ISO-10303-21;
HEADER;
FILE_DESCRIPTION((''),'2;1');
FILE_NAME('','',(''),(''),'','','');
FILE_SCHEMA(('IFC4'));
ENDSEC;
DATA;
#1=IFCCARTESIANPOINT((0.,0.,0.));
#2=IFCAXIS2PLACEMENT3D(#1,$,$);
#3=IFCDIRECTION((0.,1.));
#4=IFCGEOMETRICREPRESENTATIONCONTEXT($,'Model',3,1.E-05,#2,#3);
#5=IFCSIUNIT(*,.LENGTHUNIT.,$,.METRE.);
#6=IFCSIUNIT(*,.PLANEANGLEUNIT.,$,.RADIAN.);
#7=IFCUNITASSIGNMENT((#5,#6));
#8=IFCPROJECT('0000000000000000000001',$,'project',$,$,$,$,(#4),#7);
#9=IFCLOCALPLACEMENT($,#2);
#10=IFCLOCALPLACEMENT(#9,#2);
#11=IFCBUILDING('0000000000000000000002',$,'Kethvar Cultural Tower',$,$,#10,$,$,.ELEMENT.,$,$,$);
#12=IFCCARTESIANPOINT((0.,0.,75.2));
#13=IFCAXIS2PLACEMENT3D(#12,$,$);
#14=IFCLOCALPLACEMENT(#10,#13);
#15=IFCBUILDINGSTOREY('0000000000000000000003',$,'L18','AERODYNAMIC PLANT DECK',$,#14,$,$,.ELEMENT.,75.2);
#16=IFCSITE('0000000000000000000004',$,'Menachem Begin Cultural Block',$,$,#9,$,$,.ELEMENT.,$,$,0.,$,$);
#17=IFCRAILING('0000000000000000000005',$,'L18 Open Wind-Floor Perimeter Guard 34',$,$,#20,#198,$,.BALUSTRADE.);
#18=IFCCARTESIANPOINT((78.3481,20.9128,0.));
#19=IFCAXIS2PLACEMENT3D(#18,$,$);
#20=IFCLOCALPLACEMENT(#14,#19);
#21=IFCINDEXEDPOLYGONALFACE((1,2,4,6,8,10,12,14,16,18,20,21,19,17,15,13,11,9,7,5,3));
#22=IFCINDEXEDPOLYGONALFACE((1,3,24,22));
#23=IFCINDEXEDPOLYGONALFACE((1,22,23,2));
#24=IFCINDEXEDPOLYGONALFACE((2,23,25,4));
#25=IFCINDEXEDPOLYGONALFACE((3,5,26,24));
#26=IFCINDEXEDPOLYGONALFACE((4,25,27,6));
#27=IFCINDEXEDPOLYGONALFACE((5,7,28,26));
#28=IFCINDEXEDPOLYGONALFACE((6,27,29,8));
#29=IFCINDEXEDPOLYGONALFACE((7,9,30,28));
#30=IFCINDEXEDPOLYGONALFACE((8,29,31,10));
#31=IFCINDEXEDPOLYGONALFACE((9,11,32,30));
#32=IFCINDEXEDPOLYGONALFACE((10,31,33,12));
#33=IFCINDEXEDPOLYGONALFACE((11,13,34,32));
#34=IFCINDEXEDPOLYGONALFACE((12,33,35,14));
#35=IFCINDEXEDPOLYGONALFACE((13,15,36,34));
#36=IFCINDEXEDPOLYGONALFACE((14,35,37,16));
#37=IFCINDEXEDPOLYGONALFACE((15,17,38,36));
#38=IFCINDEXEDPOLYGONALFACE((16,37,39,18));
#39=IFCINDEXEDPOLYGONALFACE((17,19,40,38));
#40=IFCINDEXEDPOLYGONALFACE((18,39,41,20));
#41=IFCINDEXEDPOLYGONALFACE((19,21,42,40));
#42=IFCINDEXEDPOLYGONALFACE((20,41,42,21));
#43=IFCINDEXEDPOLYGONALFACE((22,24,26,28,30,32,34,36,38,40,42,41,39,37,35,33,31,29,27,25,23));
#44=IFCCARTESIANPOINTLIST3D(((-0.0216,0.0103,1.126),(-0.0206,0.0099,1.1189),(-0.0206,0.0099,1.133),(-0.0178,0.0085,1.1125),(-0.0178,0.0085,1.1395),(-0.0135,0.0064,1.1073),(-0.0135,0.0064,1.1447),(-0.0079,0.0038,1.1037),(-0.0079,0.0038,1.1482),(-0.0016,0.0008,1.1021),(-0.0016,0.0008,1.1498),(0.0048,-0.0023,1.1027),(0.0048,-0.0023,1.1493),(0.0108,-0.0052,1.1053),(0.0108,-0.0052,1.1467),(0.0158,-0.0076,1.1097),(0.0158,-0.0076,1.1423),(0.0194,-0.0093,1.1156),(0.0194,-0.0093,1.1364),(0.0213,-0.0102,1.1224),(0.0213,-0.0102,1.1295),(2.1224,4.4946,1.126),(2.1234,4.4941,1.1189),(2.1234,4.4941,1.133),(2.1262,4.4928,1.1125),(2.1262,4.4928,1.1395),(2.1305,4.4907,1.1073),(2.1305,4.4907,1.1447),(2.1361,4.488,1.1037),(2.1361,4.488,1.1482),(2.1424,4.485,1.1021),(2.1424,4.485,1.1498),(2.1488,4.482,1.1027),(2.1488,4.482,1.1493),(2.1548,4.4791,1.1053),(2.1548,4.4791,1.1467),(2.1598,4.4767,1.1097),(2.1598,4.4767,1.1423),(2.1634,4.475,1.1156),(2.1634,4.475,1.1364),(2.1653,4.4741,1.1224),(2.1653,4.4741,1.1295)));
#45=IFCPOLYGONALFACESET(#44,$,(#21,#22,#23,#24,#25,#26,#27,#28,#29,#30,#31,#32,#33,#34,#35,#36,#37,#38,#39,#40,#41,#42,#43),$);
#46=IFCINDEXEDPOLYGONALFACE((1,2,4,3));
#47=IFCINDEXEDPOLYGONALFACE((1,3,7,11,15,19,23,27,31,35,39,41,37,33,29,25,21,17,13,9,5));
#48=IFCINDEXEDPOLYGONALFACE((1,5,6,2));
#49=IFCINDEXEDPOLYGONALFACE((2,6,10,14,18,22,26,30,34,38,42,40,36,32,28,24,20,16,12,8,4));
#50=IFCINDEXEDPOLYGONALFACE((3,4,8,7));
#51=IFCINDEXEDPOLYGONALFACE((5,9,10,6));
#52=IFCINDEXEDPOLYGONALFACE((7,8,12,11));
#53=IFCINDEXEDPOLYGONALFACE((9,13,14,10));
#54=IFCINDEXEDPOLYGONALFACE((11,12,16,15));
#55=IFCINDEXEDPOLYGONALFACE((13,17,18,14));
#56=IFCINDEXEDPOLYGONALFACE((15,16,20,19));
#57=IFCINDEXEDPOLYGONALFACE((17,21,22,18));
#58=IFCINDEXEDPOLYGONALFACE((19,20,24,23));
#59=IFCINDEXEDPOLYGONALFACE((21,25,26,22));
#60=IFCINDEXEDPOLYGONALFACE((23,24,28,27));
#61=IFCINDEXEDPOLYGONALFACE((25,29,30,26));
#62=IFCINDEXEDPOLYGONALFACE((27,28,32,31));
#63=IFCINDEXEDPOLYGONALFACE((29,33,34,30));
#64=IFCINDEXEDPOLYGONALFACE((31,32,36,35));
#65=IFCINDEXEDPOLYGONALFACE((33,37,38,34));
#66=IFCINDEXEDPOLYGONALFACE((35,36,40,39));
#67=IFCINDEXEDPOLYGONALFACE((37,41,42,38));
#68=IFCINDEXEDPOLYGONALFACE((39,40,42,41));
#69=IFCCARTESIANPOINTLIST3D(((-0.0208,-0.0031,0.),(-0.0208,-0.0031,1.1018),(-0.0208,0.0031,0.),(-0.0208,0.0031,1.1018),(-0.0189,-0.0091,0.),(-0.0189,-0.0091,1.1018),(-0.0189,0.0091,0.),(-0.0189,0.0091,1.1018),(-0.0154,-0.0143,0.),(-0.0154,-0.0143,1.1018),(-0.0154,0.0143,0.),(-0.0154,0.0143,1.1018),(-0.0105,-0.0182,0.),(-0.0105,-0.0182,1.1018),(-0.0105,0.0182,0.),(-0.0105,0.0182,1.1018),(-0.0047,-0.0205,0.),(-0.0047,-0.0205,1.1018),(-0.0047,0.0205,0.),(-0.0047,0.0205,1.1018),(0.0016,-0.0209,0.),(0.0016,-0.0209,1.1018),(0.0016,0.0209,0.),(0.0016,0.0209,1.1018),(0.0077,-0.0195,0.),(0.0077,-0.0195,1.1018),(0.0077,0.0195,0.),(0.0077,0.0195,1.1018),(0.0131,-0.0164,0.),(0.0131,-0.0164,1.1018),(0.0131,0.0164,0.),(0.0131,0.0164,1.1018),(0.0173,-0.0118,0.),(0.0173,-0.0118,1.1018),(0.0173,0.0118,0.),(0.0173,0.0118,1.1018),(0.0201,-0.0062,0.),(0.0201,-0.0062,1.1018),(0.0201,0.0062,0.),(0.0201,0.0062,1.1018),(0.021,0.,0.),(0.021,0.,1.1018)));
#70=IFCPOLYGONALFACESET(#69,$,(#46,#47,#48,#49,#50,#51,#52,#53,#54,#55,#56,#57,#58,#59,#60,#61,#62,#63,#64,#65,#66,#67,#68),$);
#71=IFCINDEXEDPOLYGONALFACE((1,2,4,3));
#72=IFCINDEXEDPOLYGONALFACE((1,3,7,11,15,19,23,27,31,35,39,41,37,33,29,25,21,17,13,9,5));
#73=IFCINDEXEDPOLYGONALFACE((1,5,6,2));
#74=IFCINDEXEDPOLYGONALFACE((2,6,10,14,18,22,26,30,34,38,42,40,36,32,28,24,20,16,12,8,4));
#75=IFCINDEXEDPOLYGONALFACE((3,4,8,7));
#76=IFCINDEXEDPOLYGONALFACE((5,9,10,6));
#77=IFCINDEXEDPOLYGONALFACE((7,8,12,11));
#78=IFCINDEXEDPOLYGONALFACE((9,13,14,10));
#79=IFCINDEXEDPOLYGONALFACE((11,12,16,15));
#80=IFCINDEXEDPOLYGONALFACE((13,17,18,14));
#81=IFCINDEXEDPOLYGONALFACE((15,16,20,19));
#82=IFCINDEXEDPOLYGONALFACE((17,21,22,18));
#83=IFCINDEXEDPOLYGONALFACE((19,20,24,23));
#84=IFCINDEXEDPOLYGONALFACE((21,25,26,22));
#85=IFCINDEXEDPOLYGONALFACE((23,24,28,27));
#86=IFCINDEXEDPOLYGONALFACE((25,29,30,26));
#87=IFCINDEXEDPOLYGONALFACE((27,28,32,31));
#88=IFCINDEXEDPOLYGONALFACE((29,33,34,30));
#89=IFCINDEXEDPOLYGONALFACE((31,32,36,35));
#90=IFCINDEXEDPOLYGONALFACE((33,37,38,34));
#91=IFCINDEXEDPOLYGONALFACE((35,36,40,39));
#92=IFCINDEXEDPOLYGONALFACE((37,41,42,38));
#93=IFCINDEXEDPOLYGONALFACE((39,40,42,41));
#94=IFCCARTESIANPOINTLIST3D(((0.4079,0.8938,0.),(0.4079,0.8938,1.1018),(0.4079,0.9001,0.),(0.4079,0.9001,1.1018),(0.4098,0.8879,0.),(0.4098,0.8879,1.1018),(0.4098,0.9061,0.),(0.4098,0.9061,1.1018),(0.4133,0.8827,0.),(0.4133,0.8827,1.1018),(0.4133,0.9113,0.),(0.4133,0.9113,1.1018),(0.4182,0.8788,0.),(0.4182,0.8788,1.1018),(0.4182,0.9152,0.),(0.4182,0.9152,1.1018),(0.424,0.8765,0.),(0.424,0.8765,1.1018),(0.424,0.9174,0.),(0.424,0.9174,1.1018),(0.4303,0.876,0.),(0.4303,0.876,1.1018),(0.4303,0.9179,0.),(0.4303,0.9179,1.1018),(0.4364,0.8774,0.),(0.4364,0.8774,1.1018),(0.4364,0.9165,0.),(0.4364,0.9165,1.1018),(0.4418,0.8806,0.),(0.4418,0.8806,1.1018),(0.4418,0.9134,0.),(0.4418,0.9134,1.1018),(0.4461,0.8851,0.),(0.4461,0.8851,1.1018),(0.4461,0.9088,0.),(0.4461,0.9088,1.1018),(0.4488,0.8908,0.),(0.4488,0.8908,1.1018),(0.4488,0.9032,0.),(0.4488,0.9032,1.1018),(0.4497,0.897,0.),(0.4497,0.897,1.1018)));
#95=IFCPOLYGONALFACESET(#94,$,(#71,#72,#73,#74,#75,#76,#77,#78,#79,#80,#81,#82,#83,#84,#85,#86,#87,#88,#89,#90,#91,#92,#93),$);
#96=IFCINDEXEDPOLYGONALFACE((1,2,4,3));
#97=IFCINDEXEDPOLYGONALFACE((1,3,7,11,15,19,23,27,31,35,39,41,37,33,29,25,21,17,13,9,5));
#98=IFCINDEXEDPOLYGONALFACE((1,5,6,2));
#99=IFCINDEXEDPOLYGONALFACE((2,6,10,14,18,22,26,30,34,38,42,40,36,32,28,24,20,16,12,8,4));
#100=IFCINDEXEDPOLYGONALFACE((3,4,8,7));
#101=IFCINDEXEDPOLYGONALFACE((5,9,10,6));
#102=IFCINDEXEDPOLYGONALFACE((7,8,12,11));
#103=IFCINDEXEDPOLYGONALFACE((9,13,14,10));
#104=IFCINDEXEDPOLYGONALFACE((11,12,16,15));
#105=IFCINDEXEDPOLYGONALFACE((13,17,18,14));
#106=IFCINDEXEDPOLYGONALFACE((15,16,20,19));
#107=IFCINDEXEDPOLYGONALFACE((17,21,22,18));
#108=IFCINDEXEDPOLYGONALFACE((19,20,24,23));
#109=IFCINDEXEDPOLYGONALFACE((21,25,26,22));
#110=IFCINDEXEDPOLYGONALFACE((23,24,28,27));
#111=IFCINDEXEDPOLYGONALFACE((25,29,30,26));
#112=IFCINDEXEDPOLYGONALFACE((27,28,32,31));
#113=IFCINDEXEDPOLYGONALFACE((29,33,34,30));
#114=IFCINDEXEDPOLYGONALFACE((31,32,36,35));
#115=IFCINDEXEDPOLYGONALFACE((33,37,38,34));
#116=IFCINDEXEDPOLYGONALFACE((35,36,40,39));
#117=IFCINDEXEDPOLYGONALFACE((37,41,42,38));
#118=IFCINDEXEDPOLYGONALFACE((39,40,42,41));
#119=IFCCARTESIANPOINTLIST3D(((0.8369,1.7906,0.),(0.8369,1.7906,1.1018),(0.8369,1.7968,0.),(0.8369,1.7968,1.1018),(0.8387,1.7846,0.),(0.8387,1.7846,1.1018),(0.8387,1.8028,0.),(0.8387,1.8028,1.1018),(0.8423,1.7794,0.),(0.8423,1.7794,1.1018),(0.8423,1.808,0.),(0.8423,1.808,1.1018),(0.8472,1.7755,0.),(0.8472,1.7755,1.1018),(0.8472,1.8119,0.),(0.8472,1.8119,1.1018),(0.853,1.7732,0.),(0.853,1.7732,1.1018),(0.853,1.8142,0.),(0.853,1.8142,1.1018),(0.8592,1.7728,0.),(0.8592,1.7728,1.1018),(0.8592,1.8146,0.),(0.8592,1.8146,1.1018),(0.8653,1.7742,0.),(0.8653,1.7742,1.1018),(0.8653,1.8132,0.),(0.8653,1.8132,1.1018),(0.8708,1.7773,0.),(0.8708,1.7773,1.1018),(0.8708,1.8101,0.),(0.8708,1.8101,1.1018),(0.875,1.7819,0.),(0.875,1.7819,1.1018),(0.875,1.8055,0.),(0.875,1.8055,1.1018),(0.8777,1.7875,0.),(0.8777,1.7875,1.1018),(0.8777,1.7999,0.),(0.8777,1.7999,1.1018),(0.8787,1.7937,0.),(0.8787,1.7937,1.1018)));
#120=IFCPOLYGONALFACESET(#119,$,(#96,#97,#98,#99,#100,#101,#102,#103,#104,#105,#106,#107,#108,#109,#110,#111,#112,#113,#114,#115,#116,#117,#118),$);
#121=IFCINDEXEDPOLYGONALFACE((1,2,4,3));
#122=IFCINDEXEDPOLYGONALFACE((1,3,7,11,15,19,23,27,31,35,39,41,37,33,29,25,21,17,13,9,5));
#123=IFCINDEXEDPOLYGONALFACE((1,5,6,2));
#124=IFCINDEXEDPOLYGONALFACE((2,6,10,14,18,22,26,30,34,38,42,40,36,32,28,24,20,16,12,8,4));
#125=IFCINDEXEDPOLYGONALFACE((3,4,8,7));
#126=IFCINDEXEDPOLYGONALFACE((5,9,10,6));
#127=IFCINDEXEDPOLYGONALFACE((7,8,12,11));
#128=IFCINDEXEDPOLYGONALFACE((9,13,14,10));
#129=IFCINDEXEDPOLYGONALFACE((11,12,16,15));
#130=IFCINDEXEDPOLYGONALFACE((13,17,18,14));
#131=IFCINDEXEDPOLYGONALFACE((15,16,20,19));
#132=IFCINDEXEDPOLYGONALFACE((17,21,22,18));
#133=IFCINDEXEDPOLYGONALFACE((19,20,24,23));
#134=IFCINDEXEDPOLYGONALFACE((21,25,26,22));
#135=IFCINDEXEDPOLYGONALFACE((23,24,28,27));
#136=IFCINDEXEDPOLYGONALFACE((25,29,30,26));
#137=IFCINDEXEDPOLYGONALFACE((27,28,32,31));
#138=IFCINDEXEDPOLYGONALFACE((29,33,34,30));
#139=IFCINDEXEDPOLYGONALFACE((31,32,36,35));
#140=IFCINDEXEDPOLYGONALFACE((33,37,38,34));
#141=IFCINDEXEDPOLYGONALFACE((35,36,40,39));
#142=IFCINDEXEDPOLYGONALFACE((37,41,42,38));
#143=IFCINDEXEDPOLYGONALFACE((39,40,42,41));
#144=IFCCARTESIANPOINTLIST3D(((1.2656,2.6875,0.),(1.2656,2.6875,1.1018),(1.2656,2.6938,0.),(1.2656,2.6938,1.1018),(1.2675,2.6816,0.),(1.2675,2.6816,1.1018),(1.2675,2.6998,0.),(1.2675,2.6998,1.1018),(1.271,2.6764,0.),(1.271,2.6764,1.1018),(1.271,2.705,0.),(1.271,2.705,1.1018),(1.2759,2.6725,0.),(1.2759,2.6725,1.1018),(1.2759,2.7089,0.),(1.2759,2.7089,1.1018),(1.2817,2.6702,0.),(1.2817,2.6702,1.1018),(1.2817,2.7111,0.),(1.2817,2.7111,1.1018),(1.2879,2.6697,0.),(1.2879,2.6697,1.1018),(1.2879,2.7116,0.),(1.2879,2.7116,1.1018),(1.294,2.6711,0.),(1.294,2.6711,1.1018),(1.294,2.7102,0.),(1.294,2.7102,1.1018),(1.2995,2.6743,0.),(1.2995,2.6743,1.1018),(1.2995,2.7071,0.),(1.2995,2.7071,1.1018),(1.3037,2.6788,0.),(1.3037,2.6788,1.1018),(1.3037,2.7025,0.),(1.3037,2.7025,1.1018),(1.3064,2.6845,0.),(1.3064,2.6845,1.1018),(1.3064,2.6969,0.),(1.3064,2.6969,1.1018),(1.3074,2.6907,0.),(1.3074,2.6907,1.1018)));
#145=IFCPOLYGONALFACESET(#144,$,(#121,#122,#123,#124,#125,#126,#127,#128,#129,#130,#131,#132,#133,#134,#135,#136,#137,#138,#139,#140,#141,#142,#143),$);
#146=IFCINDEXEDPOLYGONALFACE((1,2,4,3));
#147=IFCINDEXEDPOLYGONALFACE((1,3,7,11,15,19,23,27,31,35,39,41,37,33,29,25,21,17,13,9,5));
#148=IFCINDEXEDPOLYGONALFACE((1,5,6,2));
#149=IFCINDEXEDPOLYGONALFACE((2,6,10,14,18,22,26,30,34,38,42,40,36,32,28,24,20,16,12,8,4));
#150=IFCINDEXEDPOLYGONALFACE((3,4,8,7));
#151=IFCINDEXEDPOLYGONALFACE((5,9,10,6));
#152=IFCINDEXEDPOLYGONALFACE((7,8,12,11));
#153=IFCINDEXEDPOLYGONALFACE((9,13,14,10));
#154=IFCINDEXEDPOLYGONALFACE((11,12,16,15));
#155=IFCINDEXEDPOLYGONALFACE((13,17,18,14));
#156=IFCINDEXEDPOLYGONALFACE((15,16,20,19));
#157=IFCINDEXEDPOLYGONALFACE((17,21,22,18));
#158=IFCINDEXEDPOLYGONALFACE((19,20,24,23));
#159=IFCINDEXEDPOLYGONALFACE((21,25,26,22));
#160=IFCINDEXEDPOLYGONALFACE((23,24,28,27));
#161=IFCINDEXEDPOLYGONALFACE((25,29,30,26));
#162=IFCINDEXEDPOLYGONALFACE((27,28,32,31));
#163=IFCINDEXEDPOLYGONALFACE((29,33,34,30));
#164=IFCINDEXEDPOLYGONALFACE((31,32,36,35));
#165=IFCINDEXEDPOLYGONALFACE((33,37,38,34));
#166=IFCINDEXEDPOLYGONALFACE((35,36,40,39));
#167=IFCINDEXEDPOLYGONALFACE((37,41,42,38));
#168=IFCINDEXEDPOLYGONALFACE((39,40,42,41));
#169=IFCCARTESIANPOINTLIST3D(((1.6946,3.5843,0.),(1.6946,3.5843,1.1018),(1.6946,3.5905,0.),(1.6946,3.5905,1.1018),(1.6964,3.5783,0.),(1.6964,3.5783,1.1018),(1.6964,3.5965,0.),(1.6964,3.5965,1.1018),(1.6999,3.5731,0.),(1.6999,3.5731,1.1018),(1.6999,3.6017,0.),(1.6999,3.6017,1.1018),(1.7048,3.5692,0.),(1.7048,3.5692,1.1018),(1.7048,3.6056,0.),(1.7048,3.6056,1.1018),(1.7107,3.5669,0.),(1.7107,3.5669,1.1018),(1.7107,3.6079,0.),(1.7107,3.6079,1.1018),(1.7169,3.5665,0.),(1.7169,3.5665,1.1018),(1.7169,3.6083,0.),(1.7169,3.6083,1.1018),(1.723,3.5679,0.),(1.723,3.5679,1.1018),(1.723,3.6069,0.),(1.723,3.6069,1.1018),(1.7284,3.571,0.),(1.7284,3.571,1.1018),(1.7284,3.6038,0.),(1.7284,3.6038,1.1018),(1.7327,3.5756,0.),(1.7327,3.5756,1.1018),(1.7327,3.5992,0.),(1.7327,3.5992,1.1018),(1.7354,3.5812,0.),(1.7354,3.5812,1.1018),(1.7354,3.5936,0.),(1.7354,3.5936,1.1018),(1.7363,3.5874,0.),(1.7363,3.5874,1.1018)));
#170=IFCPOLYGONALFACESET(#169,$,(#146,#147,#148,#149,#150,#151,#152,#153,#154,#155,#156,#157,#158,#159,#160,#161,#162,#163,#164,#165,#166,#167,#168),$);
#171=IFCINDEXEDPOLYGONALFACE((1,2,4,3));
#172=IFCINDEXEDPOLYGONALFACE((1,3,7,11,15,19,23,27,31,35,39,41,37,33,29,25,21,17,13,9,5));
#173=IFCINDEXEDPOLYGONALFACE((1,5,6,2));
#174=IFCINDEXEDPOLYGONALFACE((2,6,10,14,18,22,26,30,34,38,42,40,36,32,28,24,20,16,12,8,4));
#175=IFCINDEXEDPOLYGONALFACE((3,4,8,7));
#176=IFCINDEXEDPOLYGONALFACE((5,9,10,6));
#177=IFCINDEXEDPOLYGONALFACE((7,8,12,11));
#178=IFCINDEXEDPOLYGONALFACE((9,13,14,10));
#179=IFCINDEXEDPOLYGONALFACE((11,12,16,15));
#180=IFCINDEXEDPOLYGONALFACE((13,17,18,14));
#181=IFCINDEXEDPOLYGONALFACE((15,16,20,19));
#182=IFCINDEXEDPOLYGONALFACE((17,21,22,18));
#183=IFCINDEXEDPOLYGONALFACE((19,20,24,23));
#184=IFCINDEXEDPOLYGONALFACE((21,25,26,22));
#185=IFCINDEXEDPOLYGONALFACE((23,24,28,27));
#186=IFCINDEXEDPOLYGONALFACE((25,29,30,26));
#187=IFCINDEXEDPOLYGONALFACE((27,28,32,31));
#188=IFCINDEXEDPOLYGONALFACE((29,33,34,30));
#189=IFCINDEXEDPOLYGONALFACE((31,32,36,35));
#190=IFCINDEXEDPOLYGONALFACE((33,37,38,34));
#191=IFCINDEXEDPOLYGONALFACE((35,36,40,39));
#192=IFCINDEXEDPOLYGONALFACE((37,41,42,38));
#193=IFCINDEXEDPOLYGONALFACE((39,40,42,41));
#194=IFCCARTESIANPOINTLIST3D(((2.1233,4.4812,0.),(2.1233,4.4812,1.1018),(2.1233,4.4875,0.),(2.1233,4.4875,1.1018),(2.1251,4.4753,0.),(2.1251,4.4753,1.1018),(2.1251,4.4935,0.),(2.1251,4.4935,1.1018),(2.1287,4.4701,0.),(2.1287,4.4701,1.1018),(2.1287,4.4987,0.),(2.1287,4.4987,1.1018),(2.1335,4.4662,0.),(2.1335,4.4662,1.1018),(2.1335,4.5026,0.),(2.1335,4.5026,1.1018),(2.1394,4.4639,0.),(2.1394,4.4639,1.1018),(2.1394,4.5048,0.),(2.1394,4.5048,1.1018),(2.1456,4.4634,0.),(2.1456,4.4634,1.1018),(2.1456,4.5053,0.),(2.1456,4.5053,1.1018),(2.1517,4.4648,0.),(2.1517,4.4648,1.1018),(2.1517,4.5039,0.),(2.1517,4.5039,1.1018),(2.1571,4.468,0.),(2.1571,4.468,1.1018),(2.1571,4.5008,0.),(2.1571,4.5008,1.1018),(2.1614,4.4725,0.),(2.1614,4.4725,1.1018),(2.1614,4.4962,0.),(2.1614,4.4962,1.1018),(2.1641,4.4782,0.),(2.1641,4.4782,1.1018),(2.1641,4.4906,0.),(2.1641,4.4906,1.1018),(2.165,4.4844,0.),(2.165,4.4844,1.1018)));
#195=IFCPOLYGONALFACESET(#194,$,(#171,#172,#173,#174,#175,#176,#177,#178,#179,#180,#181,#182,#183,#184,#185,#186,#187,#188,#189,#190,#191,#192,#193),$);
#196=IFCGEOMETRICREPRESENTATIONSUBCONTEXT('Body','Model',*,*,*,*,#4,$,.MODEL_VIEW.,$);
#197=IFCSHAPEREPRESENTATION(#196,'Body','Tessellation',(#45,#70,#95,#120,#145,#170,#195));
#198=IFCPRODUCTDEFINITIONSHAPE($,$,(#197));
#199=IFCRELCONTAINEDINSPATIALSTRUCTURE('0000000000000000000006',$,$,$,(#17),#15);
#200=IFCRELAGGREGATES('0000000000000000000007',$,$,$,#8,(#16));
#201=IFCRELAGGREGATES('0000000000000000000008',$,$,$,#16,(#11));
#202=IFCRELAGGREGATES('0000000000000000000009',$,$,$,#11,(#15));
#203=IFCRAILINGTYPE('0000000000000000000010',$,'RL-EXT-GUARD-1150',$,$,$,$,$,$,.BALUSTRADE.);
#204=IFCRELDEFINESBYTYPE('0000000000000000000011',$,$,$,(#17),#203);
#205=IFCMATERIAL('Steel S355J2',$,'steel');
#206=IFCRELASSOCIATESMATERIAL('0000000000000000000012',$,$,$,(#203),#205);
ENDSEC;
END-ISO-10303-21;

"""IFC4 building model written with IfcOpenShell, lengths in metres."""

from ifc_helpers import new_model, si_unit, direction, frame, origin, origin_2d, place, context, subcontext, project, spatial, circle, extrude, material, type_object, element, save


model = new_model("IFC4")

# Units and contexts
model_context = context("Model", 3, precision=1e-05, world=origin(), true_north=direction((0.0, 1.0)))
body_context = subcontext(model_context, "Body", "Model", "MODEL_VIEW")
ifc_project = project(units=[si_unit("LENGTHUNIT", "METRE"), si_unit("PLANEANGLEUNIT", "RADIAN")], contexts=[model_context])

# Site, building, storey
site_placement = place(None, origin())
site = spatial("IfcSite", under=ifc_project, at=site_placement, Name="Menachem Begin Cultural Block", CompositionType="ELEMENT", RefElevation=0.0)
building_placement = place(site_placement, origin())
building = spatial("IfcBuilding", under=site, at=building_placement, Name="Kethvar Cultural Tower", CompositionType="ELEMENT")
storey_placement = place(building_placement, frame((0.0, 0.0, 75.2)))
storey = spatial("IfcBuildingStorey", under=building, at=storey_placement, Name="L18", Description="AERODYNAMIC PLANT DECK", CompositionType="ELEMENT", Elevation=75.2)

# Shared definitions
ifc_material_1 = material(Name="Steel S355J2", Category="steel")

# Railing
railing_type = type_object("IfcRailingType", Name="RL-EXT-GUARD-1150", PredefinedType="BALUSTRADE", material=ifc_material_1)
railing_1_placement = place(storey_placement, frame((78.3481, 20.9128, 0.0)))
element("IfcRailing", 1, at=railing_1_placement, inside=storey, type_object=railing_type, Name="L18 Open Wind-Floor Perimeter Guard 34", PredefinedType="BALUSTRADE", context=body_context, shape_type="SweptSolid", body=[
    extrude(circle(Radius=0.0239, at=origin_2d()), frame((0.0, 0.0, 1.126), z_axis=(0.431348, 0.902186, 0.0), x_axis=(-0.902186, 0.431348, 0.0)), (0.0, 0.0, 1.0), 4.9705),
    extrude(circle(Radius=0.021, at=origin_2d()), origin(), (0.0, 0.0, 1.0), 1.1018),
    extrude(circle(Radius=0.021, at=origin_2d()), frame((0.4287, 0.897, 0.0)), (0.0, 0.0, 1.0), 1.1018),
    extrude(circle(Radius=0.021, at=origin_2d()), frame((0.8577, 1.7937, 0.0)), (0.0, 0.0, 1.0), 1.1018),
    extrude(circle(Radius=0.021, at=origin_2d()), frame((1.2864, 2.6907, 0.0)), (0.0, 0.0, 1.0), 1.1018),
    extrude(circle(Radius=0.021, at=origin_2d()), frame((1.7153, 3.5874, 0.0)), (0.0, 0.0, 1.0), 1.1018),
    extrude(circle(Radius=0.021, at=origin_2d()), frame((2.144, 4.4844, 0.0)), (0.0, 0.0, 1.0), 1.1018),
])

save(model, "model.ifc")
